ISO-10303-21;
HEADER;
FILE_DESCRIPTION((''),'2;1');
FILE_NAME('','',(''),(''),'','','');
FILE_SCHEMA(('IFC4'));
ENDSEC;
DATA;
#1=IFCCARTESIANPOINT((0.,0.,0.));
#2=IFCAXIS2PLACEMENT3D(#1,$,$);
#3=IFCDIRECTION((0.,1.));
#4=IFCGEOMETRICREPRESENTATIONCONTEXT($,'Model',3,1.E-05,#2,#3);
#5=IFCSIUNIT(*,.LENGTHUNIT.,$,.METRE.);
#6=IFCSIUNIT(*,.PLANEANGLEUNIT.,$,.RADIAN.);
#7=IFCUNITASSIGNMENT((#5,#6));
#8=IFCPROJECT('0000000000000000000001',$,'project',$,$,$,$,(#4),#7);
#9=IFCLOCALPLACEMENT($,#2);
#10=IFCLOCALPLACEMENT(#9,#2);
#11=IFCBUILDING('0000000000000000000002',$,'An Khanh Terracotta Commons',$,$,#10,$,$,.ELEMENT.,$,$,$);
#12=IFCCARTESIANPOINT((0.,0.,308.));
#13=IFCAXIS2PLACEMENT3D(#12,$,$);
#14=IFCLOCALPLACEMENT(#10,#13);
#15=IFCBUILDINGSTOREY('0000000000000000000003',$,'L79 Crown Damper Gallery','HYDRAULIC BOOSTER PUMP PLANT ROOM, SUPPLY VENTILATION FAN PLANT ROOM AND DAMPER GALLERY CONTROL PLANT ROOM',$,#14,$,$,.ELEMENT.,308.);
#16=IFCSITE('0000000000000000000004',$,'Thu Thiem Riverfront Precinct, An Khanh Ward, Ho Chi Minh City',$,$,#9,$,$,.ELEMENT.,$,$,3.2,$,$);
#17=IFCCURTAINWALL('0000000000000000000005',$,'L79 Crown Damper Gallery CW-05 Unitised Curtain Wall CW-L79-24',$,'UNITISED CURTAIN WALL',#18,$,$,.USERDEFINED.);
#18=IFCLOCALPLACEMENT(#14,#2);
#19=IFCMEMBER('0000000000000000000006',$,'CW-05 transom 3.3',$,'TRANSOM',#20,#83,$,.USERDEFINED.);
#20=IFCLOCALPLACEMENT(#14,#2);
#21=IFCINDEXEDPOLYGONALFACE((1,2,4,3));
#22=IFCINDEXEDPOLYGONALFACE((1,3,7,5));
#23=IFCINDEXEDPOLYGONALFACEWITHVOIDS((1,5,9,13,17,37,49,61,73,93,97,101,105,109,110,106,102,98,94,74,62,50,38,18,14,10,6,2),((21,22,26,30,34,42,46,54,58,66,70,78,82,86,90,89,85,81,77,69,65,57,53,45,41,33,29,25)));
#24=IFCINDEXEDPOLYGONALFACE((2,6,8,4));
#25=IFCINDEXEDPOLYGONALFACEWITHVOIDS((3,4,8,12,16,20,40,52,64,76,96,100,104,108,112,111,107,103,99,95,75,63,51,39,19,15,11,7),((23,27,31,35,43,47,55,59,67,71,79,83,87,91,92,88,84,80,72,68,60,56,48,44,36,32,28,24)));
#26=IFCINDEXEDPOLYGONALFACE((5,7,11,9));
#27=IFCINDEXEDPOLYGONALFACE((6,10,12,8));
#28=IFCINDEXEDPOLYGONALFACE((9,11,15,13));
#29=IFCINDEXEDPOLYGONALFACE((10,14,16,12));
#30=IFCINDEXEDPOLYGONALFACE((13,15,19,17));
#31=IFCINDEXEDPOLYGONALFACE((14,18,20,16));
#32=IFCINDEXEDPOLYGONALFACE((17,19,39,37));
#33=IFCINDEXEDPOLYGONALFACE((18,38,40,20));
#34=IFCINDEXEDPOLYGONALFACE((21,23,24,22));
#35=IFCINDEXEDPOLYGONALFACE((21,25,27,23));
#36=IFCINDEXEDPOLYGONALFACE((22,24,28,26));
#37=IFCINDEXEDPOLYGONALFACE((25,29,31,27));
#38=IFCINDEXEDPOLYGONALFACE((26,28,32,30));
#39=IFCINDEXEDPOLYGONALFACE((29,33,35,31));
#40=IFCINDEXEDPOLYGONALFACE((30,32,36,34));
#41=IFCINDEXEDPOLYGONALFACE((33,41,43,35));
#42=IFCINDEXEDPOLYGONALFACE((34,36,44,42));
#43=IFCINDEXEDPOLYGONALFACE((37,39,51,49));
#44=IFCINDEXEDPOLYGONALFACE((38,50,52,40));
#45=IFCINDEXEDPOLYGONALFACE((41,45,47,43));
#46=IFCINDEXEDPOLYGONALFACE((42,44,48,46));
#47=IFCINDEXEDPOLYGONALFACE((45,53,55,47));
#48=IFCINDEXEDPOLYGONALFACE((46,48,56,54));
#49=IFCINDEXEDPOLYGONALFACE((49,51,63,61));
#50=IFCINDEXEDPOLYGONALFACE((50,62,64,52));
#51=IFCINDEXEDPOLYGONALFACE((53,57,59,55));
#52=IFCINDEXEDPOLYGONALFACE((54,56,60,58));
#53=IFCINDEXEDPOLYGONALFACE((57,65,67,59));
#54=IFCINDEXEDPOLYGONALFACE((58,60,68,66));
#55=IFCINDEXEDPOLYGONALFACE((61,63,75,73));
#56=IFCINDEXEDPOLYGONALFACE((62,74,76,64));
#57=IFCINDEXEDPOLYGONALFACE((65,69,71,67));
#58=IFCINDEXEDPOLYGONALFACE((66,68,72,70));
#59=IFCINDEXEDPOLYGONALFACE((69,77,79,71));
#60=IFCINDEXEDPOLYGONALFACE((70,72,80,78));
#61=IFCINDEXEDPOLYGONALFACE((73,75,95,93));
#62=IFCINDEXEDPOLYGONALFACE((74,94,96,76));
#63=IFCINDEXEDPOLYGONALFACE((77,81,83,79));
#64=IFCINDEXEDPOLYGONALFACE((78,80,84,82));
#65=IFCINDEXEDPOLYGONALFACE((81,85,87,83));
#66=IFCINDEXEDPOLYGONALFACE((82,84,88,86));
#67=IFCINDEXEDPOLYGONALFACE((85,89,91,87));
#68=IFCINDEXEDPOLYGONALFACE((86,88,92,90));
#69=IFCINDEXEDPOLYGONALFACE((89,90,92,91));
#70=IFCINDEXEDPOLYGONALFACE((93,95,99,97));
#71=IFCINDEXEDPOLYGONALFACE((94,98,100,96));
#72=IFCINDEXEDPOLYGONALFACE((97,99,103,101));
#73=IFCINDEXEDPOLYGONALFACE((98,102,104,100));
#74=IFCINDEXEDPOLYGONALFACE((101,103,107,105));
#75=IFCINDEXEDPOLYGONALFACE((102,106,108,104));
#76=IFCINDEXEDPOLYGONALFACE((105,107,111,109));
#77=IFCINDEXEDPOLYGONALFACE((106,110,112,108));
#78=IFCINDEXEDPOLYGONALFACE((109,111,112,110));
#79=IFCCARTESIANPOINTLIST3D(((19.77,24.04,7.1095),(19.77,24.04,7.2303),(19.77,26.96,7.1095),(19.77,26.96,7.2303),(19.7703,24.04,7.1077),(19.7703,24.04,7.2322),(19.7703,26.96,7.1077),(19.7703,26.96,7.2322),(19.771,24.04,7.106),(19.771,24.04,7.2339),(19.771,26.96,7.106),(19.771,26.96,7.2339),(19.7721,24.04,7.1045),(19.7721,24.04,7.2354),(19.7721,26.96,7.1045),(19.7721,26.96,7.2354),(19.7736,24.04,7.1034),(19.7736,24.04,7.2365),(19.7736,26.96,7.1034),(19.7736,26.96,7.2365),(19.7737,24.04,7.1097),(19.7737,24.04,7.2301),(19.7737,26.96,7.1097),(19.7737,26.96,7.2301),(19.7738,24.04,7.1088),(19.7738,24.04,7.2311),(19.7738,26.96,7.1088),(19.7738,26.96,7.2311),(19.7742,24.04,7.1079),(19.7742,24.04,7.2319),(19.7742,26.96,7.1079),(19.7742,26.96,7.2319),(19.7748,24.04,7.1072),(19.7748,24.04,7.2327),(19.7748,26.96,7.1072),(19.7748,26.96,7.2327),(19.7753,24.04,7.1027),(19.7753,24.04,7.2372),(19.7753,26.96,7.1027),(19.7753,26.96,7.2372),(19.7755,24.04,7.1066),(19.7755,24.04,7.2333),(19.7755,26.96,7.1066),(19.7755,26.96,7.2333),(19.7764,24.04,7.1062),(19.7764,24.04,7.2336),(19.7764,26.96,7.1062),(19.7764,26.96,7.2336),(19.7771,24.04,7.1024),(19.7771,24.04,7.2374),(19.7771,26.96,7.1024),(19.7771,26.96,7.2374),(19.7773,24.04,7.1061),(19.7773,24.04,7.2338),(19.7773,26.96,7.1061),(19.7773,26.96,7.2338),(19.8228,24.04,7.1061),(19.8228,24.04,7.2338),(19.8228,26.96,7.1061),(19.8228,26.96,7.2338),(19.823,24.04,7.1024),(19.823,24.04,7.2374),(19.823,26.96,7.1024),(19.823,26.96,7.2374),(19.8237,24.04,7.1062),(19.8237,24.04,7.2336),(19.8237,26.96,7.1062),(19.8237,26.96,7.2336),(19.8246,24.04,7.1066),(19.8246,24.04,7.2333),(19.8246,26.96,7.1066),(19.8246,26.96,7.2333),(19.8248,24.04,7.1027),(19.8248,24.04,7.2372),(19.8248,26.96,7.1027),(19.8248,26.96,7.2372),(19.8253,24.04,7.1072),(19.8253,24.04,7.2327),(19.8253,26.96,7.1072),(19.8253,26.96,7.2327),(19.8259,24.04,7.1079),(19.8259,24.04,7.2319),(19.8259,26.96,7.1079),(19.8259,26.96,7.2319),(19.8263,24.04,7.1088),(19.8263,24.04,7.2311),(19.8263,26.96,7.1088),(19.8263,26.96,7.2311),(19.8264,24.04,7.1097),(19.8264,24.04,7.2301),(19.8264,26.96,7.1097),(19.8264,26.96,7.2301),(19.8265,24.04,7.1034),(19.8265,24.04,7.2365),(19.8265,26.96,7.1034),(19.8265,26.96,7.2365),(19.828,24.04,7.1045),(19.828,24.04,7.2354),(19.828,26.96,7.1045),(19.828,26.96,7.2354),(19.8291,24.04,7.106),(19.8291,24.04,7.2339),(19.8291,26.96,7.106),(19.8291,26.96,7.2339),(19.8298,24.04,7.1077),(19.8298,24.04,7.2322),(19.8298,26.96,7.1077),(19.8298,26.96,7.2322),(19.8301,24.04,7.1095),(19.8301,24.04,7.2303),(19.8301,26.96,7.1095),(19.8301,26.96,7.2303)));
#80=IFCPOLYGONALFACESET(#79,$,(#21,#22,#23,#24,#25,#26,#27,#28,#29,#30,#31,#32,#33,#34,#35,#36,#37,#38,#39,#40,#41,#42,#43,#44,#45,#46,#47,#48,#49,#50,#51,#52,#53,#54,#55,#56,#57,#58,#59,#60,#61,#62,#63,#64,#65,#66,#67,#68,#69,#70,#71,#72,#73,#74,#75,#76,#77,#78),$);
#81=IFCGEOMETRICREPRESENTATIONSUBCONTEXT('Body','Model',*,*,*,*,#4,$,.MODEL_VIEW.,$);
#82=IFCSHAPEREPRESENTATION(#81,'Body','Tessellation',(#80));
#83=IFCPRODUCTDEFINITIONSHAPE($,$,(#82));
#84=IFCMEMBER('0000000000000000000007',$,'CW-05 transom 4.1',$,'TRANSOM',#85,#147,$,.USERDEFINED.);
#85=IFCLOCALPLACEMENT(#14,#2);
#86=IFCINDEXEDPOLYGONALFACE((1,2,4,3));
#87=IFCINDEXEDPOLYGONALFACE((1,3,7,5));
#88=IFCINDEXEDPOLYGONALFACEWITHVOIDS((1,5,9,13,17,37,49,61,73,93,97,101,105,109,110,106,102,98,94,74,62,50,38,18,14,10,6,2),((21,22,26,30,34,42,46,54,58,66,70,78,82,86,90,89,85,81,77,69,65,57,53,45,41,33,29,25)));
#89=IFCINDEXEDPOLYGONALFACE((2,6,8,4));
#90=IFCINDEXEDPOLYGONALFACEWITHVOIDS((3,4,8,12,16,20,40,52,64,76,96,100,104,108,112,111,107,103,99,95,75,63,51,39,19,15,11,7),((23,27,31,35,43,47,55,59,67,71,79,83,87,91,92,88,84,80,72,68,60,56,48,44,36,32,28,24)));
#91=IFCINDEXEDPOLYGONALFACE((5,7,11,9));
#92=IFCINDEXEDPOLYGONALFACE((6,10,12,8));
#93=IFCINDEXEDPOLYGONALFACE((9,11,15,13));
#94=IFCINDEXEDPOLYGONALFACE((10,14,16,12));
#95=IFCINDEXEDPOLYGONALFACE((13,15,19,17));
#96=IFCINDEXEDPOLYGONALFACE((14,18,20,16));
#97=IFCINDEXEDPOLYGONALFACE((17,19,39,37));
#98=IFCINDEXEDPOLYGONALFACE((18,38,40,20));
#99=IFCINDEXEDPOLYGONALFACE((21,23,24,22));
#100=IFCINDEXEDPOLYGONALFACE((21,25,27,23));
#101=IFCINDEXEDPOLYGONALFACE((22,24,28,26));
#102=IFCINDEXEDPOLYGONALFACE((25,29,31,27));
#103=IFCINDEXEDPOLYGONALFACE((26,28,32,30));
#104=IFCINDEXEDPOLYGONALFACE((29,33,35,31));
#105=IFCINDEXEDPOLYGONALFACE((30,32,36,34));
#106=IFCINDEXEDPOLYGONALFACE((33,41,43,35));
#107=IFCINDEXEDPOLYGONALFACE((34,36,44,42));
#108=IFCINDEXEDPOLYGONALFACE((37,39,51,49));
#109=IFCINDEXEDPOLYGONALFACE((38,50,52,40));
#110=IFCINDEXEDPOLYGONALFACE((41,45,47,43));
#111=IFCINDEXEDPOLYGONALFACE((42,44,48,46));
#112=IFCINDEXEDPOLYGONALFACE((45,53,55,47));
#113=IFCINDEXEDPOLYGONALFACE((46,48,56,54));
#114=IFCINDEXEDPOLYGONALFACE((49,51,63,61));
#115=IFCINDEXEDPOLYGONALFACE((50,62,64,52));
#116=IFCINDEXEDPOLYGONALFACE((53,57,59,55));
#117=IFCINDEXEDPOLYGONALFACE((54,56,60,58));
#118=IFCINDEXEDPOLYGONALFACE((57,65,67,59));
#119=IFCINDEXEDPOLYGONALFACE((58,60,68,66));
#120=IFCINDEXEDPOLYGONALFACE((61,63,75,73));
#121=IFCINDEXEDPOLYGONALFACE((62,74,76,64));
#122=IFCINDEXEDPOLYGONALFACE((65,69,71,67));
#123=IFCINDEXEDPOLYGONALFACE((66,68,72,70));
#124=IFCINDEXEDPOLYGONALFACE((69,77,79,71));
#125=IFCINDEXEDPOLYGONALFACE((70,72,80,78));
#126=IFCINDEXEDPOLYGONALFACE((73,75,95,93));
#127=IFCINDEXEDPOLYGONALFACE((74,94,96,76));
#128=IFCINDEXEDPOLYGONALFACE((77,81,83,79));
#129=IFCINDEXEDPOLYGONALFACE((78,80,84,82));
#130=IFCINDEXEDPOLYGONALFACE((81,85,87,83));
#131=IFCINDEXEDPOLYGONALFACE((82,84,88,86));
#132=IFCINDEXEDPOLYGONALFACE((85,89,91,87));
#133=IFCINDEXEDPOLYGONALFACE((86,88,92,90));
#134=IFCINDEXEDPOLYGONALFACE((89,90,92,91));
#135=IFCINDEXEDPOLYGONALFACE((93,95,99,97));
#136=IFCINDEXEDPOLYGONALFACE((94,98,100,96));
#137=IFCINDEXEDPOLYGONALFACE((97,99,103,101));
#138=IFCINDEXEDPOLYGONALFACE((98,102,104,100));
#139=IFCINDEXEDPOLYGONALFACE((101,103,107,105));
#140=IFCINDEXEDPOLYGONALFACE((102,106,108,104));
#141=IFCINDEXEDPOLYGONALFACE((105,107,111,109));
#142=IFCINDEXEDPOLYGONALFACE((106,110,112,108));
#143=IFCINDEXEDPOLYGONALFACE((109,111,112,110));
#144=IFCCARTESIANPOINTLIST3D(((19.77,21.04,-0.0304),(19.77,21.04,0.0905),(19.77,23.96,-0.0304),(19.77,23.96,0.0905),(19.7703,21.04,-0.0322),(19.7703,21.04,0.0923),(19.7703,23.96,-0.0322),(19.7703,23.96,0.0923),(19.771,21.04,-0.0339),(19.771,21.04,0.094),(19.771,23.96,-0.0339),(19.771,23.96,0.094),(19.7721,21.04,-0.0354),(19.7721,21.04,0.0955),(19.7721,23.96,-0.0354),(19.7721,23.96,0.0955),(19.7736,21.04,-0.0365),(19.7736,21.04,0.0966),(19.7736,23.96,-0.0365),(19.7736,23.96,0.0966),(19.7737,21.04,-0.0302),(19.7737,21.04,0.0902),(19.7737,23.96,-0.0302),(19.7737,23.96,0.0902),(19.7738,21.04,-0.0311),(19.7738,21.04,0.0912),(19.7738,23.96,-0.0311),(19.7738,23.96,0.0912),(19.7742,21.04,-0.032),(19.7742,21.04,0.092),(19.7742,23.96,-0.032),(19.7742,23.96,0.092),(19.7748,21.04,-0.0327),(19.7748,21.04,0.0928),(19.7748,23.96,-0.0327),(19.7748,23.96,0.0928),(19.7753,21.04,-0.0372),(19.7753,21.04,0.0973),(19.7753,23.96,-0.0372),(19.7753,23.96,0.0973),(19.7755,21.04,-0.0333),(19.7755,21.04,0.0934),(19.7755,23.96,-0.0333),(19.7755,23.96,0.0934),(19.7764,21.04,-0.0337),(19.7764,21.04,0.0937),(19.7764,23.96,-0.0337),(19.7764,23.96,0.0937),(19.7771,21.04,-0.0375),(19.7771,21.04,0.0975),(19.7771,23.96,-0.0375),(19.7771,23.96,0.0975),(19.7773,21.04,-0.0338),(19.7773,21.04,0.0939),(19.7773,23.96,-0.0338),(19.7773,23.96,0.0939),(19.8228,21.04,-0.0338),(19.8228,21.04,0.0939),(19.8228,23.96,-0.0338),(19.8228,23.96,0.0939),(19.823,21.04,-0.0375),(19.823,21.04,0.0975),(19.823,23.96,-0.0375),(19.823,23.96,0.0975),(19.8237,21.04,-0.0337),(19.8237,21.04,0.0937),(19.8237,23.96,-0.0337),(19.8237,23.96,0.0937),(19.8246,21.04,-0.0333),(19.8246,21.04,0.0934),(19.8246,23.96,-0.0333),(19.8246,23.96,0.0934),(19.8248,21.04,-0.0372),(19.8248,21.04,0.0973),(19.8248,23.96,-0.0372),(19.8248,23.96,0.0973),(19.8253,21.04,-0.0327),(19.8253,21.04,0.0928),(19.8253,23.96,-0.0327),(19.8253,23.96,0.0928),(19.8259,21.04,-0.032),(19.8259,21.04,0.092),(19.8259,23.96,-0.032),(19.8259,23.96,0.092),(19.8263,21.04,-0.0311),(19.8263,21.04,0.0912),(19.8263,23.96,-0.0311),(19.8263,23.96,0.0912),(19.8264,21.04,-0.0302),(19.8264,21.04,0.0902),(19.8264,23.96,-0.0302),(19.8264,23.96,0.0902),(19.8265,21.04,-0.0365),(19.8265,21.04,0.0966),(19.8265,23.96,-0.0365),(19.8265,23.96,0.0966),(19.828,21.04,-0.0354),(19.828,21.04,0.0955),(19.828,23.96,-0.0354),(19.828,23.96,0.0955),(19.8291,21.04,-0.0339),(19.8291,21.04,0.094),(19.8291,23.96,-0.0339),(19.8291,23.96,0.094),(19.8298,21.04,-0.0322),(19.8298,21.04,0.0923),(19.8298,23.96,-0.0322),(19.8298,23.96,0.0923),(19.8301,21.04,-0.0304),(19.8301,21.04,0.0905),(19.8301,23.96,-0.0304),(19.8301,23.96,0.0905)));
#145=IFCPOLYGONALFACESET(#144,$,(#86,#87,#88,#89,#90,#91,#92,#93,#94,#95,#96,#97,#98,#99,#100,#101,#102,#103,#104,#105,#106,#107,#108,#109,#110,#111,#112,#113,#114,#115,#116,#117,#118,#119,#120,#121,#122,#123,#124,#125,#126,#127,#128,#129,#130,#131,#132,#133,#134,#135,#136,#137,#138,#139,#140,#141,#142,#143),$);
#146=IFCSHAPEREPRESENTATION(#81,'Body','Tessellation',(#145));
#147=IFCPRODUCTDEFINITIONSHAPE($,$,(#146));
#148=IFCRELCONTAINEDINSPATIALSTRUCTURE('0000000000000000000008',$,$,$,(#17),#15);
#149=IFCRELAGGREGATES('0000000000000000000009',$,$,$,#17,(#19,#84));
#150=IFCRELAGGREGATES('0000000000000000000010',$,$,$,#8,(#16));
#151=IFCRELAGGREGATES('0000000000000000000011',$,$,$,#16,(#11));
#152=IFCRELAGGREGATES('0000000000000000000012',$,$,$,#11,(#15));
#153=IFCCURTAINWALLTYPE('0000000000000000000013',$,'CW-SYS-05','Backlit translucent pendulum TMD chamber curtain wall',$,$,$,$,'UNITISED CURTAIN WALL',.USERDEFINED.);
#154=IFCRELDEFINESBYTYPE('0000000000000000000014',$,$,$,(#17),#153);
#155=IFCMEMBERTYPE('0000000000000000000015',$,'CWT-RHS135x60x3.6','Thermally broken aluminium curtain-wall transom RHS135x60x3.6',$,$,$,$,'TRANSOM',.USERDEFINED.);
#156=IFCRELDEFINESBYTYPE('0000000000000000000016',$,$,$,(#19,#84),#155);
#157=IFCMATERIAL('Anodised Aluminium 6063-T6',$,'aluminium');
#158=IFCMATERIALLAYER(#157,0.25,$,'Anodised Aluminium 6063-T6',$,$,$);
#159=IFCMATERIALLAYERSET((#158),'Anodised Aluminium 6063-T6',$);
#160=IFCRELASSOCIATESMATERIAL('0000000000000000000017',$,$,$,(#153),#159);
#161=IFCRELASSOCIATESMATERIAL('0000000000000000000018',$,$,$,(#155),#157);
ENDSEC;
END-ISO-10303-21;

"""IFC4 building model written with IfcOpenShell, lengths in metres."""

from ifc_helpers import new_model, si_unit, direction, frame, origin, origin_2d, place, context, subcontext, project, spatial, hollow_rectangle, extrude, material, layer, layer_set, material_profile, profile_set, type_object, element, aggregate, save


model = new_model("IFC4")

# Units and contexts
model_context = context("Model", 3, precision=1e-05, world=origin(), true_north=direction((0.0, 1.0)))
body_context = subcontext(model_context, "Body", "Model", "MODEL_VIEW")
ifc_project = project(units=[si_unit("LENGTHUNIT", "METRE"), si_unit("PLANEANGLEUNIT", "RADIAN")], contexts=[model_context])

# Site, building, storey
site_placement = place(None, origin())
site = spatial("IfcSite", under=ifc_project, at=site_placement, Name="Thu Thiem Riverfront Precinct, An Khanh Ward, Ho Chi Minh City", CompositionType="ELEMENT", RefElevation=3.2)
building_placement = place(site_placement, origin())
building = spatial("IfcBuilding", under=site, at=building_placement, Name="An Khanh Terracotta Commons", CompositionType="ELEMENT")
storey_placement = place(building_placement, frame((0.0, 0.0, 308.0)))
storey = spatial("IfcBuildingStorey", under=building, at=storey_placement, Name="L79 Crown Damper Gallery", Description="HYDRAULIC BOOSTER PUMP PLANT ROOM, SUPPLY VENTILATION FAN PLANT ROOM AND DAMPER GALLERY CONTROL PLANT ROOM", CompositionType="ELEMENT", Elevation=308.0)

# Curtain wall, members
ifc_material_1 = material(Name="Anodised Aluminium 6063-T6", Category="aluminium")
ifc_layer_1 = layer(ifc_material_1, 0.25, Name="Anodised Aluminium 6063-T6")
ifc_layer_set_1 = layer_set([ifc_layer_1], Name="Anodised Aluminium 6063-T6")
curtain_wall_type = type_object("IfcCurtainWallType", Name="CW-SYS-05", Description="Backlit translucent pendulum TMD chamber curtain wall", ElementType="UNITISED CURTAIN WALL", PredefinedType="USERDEFINED", material=ifc_layer_set_1)
curtain_wall_placement = place(storey_placement, origin())
curtain_wall = element("IfcCurtainWall", 1, at=curtain_wall_placement, inside=storey, type_object=curtain_wall_type, Name="L79 Crown Damper Gallery CW-05 Unitised Curtain Wall CW-L79-24", ObjectType="UNITISED CURTAIN WALL", PredefinedType="USERDEFINED")
ifc_material_profile_1 = material_profile(ifc_material_1, hollow_rectangle(XDim=0.0601, YDim=0.135, WallThickness=0.0037, InnerFilletRadius=0.0037, OuterFilletRadius=0.0071, at=origin_2d()), Name="RHS135x60x3.6")
ifc_profile_set_1 = profile_set([ifc_material_profile_1], Name="Anodised Aluminium 6063-T6")
member_type_1 = type_object("IfcMemberType", Name="CWT-RHS135x60x3.6", Description="Thermally broken aluminium curtain-wall transom RHS135x60x3.6", ElementType="TRANSOM", PredefinedType="USERDEFINED", material=ifc_profile_set_1)
member_1_placement = place(storey_placement, frame((19.8, 26.96, 7.1699), z_axis=(0.0, -1.0, 0.0), x_axis=(1.0, 0.0, 0.0)))
member_1 = element("IfcMember", 2, at=member_1_placement, type_object=member_type_1, Name="CW-05 transom 3.3", ObjectType="TRANSOM", PredefinedType="USERDEFINED", context=body_context, shape_type="SweptSolid", body=[
    extrude(hollow_rectangle(XDim=0.0601, YDim=0.135, WallThickness=0.0037, InnerFilletRadius=0.0037, OuterFilletRadius=0.0071, at=origin_2d()), origin(), (0.0, 0.0, 1.0), 2.9199),
])
member_2_placement = place(storey_placement, frame((19.8, 23.96, 0.03), z_axis=(0.0, -1.0, 0.0), x_axis=(1.0, 0.0, 0.0)))
member_2 = element("IfcMember", 3, at=member_2_placement, type_object=member_type_1, Name="CW-05 transom 4.1", ObjectType="TRANSOM", PredefinedType="USERDEFINED", context=body_context, shape_type="SweptSolid", body=[
    extrude(hollow_rectangle(XDim=0.0601, YDim=0.135, WallThickness=0.0037, InnerFilletRadius=0.0037, OuterFilletRadius=0.0071, at=origin_2d()), origin(), (0.0, 0.0, 1.0), 2.9199),
])
aggregate(curtain_wall, [member_1, member_2])

save(model, "model.ifc")
